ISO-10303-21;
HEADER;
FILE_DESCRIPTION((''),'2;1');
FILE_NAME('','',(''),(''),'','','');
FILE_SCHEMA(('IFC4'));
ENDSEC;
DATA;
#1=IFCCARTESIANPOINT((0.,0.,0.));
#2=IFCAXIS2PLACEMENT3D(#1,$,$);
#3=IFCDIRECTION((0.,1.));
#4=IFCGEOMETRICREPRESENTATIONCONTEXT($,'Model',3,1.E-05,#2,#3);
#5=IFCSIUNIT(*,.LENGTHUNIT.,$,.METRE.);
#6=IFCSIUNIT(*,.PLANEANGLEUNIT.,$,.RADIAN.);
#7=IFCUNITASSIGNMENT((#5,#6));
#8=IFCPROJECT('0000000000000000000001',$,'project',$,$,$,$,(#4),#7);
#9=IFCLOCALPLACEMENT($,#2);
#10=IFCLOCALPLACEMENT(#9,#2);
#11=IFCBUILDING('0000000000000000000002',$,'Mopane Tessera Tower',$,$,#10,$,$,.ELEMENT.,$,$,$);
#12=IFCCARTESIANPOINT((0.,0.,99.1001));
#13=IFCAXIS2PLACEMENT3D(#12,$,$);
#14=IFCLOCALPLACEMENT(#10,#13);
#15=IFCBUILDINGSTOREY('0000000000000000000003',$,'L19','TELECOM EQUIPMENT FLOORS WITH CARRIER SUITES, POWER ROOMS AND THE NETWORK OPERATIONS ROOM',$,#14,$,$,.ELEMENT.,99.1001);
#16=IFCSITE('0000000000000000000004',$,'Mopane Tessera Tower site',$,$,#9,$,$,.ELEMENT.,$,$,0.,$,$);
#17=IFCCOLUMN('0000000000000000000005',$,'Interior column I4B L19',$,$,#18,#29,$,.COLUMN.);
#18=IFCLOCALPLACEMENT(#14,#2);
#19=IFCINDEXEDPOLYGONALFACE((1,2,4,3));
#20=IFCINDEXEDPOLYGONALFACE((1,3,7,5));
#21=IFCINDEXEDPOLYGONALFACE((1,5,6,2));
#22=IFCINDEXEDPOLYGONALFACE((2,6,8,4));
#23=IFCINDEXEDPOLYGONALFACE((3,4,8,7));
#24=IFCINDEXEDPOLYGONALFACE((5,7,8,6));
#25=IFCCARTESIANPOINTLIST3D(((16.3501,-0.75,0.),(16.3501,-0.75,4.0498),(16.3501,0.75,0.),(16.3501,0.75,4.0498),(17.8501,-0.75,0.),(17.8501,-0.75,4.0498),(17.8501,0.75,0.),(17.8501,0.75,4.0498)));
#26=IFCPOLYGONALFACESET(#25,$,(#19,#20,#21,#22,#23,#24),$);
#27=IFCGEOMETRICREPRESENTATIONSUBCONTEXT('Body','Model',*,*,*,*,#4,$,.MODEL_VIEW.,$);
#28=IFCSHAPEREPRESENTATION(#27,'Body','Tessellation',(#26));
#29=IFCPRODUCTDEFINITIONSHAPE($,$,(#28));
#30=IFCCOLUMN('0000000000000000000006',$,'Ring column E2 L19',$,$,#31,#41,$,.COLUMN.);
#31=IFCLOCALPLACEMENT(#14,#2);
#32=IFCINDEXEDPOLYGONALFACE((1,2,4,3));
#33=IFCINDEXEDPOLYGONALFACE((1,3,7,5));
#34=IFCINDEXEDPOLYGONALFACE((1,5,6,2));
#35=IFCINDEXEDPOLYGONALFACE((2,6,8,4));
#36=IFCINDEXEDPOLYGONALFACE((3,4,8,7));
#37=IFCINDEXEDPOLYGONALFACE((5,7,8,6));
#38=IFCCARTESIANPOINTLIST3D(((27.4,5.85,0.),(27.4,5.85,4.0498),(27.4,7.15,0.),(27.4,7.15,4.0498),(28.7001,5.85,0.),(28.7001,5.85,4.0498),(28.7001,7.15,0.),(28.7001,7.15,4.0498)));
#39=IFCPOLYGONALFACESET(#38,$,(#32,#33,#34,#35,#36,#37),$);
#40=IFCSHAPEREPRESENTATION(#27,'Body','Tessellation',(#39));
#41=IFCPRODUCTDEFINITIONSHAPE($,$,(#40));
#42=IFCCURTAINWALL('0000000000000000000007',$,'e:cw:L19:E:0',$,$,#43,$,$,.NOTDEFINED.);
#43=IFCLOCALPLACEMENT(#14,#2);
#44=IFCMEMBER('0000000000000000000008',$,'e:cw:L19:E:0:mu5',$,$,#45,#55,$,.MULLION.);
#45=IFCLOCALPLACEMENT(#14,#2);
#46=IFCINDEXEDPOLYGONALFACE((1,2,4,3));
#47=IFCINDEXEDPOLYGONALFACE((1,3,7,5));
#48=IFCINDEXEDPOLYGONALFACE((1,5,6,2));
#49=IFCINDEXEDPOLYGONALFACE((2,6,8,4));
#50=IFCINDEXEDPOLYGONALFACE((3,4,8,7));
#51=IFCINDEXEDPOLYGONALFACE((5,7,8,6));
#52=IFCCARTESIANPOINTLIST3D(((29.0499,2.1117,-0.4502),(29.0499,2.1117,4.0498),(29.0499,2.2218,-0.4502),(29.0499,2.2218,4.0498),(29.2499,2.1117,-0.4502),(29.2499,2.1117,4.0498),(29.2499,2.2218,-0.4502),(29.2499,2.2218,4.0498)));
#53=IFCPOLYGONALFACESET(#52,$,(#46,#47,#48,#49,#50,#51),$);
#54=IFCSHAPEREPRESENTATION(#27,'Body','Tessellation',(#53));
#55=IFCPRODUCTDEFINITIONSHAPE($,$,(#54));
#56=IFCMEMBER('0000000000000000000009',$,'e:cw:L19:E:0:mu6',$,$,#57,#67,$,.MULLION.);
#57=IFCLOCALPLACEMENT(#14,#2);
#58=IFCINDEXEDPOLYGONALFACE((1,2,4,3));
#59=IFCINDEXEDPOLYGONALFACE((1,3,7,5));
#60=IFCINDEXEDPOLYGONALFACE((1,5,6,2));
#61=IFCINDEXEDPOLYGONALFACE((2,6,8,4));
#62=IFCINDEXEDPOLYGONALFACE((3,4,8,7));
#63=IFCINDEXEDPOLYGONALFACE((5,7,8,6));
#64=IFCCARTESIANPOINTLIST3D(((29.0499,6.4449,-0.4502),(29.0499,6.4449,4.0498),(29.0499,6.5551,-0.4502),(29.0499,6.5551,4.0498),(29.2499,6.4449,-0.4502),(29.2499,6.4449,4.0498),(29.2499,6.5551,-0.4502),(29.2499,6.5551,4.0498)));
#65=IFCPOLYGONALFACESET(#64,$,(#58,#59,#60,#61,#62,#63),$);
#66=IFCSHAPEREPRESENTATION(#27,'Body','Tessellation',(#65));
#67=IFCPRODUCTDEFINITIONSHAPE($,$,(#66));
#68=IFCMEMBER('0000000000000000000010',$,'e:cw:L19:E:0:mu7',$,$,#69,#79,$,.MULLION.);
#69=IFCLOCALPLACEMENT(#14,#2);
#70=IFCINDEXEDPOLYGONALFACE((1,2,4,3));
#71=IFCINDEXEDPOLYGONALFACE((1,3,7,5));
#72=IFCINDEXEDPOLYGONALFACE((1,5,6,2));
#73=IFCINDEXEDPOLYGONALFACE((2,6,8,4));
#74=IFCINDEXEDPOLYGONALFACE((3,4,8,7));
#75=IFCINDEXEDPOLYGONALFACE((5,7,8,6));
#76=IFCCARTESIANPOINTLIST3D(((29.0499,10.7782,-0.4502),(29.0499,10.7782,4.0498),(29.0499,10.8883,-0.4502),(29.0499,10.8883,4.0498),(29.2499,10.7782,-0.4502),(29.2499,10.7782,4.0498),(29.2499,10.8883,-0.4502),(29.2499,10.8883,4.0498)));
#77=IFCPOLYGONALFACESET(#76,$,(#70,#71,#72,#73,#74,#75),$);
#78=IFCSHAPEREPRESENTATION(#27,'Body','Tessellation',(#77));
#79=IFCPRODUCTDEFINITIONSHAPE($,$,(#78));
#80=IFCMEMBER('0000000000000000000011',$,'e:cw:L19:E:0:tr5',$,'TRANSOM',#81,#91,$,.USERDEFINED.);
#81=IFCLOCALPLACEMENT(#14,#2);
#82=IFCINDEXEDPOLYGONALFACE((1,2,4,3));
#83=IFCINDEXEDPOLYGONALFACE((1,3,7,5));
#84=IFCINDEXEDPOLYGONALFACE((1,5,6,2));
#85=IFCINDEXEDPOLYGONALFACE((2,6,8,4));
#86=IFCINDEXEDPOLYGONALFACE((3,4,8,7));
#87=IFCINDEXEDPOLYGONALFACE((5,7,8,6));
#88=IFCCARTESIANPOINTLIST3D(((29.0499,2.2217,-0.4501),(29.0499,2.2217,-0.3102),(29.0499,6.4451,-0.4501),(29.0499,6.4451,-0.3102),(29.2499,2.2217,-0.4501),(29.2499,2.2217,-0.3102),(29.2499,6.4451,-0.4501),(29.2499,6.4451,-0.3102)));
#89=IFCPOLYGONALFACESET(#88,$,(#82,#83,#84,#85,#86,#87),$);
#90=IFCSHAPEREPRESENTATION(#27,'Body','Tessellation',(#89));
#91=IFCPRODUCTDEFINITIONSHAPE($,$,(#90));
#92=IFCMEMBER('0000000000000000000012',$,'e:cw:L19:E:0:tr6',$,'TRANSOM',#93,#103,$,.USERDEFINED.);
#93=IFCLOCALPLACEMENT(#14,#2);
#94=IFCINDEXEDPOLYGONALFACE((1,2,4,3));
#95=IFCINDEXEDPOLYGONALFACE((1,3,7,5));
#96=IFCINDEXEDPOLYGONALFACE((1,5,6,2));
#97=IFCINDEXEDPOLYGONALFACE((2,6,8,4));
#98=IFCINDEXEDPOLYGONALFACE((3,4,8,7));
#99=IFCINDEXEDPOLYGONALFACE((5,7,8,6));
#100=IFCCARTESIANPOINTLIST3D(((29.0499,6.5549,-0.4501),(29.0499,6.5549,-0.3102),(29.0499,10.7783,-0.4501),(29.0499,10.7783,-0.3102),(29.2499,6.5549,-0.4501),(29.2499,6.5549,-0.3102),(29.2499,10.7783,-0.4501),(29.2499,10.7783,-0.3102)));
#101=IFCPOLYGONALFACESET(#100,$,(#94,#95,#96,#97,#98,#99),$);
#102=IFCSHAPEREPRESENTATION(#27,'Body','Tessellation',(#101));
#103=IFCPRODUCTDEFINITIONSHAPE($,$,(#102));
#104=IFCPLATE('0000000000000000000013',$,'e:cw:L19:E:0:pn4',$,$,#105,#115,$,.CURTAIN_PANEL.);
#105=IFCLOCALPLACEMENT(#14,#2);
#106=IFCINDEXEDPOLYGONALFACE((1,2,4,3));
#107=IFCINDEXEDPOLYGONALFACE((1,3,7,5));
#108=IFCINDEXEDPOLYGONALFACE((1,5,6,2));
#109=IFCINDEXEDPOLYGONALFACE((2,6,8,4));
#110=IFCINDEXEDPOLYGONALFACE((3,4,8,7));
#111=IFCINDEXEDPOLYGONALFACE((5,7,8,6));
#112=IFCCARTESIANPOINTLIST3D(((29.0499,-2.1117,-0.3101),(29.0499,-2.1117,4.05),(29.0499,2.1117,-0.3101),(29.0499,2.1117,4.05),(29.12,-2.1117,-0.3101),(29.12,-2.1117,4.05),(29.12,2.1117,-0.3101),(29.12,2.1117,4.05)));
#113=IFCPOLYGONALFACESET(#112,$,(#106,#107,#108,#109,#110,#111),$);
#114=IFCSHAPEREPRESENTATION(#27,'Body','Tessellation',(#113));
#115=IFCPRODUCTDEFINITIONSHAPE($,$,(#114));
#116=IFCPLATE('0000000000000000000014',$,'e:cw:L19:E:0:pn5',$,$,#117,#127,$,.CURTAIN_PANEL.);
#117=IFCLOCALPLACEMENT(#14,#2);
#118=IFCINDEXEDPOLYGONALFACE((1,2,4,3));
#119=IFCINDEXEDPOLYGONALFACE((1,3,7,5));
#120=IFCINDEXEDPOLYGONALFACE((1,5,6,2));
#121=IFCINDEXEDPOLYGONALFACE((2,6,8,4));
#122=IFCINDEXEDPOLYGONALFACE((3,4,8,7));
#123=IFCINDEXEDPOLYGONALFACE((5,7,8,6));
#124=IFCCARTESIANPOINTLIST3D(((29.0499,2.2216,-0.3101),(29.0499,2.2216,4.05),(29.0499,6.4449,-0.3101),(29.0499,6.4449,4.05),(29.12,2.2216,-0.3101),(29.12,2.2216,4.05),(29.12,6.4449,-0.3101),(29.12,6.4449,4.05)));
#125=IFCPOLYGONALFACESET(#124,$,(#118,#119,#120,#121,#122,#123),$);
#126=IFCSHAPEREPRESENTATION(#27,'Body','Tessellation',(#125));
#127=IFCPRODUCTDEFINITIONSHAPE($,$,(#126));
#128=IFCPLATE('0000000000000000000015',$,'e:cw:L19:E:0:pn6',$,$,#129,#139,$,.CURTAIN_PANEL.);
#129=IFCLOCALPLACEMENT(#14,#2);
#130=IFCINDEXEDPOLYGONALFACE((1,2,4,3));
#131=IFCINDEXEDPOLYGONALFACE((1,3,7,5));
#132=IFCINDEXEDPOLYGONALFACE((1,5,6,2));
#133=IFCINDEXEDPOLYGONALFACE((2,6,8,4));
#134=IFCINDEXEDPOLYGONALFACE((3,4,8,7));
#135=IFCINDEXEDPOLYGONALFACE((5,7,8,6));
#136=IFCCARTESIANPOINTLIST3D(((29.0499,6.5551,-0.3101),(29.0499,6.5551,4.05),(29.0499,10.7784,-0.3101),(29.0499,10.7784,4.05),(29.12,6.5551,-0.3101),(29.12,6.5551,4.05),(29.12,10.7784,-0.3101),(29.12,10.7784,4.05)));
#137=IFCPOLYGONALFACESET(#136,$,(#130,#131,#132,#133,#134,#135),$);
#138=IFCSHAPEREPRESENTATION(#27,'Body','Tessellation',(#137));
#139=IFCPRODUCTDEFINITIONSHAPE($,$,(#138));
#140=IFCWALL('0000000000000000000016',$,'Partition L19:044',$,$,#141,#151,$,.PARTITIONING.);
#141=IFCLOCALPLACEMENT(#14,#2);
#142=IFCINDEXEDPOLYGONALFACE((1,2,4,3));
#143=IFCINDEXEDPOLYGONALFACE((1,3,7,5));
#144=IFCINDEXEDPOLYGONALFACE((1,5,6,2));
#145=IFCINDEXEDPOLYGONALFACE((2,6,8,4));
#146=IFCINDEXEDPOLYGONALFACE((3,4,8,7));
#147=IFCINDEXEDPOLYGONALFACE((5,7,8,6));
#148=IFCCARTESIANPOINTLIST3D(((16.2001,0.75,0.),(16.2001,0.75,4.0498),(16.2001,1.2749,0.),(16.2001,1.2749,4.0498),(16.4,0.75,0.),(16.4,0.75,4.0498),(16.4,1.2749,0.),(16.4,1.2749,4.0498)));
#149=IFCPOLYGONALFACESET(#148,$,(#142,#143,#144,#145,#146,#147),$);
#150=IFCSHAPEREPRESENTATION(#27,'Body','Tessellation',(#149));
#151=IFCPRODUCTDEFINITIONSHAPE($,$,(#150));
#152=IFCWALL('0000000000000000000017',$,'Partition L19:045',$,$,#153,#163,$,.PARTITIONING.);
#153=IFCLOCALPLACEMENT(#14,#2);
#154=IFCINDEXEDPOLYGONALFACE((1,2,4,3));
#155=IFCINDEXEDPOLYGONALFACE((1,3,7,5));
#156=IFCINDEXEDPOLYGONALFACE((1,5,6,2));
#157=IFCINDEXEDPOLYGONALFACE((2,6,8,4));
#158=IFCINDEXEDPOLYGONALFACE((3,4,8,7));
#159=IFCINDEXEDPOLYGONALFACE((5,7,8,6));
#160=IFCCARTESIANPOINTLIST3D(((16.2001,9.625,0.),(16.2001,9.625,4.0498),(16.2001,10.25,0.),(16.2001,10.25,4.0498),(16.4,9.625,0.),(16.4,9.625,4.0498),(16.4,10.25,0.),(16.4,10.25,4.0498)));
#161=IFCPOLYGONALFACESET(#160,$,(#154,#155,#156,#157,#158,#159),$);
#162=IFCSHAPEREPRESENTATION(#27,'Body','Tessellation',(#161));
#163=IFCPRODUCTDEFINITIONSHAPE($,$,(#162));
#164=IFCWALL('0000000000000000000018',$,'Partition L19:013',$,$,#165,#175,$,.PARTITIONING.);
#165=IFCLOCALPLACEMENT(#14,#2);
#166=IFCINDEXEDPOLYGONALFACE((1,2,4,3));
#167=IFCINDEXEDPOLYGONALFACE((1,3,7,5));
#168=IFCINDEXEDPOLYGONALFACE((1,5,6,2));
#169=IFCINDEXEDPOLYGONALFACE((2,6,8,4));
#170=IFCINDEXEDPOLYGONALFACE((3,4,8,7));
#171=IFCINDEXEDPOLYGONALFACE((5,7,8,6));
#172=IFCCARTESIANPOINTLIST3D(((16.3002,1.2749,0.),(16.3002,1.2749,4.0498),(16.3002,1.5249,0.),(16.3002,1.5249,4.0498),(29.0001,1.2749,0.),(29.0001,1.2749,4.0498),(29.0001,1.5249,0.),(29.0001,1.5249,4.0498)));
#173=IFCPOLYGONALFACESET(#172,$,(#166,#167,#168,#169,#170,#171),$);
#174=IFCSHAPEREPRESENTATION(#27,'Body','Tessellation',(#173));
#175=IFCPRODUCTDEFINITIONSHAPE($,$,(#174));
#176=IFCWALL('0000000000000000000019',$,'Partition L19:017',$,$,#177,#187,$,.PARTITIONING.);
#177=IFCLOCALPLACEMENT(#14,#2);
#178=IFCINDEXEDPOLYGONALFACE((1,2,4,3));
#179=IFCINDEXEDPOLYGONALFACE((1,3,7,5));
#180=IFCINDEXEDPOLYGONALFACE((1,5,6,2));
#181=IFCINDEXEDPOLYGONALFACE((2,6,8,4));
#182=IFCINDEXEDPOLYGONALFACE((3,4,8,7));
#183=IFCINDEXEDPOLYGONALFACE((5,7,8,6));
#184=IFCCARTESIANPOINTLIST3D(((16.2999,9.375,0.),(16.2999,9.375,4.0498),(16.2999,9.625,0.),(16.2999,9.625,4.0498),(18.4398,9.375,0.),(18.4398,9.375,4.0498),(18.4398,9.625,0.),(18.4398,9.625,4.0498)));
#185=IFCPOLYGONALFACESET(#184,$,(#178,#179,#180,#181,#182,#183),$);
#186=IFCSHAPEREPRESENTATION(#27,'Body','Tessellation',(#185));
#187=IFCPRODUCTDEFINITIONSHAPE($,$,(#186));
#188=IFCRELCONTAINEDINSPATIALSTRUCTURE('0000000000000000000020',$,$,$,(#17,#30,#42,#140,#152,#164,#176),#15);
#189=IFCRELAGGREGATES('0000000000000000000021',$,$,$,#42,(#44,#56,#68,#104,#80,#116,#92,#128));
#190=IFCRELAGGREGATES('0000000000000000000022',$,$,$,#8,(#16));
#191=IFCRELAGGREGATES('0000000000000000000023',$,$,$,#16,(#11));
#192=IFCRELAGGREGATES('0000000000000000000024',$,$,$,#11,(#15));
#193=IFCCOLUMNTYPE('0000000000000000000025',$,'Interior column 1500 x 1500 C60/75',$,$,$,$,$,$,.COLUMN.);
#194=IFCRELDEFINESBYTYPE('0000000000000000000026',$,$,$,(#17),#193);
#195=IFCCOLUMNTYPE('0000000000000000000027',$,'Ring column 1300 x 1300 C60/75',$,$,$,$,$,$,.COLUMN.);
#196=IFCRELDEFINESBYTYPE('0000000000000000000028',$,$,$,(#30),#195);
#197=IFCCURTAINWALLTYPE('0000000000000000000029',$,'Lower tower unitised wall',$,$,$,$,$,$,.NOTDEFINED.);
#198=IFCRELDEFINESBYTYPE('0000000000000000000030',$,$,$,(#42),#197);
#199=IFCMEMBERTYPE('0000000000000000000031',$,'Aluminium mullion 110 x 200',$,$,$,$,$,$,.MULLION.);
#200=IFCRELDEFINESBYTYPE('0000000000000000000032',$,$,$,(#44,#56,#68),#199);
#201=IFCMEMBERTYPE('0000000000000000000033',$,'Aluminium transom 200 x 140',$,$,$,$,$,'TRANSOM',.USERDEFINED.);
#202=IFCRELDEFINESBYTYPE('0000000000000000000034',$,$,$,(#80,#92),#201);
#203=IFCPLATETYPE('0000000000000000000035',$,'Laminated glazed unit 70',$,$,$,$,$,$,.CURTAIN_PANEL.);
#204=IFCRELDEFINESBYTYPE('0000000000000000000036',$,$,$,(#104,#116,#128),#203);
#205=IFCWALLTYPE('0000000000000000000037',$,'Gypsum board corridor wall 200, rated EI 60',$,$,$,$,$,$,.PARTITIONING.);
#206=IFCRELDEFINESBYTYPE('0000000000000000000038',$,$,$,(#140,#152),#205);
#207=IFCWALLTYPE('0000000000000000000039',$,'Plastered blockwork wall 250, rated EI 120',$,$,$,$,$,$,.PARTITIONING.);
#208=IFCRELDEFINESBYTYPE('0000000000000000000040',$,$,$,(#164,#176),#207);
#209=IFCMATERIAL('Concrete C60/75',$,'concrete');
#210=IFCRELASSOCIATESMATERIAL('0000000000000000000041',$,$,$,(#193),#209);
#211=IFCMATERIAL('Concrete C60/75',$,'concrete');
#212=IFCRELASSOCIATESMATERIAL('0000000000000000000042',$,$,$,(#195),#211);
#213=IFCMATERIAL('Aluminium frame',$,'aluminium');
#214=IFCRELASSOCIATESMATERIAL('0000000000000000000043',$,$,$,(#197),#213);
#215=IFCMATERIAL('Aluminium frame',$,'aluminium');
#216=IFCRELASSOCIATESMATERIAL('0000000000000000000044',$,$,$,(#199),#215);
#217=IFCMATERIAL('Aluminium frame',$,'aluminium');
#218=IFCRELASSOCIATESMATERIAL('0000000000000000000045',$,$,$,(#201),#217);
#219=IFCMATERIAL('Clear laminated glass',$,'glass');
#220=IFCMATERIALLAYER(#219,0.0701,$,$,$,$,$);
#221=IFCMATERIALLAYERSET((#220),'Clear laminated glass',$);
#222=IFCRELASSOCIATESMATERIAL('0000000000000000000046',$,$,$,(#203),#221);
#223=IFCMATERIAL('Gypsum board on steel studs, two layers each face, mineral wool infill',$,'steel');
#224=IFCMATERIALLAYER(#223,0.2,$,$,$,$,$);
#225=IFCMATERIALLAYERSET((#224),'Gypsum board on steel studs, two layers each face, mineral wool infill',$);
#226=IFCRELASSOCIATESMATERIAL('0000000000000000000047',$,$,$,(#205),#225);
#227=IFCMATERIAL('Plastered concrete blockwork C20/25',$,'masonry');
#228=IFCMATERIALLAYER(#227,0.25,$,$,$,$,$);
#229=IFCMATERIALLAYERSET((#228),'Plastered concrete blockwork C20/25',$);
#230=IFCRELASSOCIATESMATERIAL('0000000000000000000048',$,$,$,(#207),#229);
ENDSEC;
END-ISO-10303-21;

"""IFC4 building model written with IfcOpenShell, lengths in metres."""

from ifc_helpers import new_model, si_unit, direction, frame, frame_2d, origin, origin_2d, place, context, subcontext, project, spatial, rectangle, extrude, material, layer, layer_set, material_profile, profile_set, type_object, element, aggregate, save


model = new_model("IFC4")

# Units and contexts
model_context = context("Model", 3, precision=1e-05, world=origin(), true_north=direction((0.0, 1.0)))
body_context = subcontext(model_context, "Body", "Model", "MODEL_VIEW")
ifc_project = project(units=[si_unit("LENGTHUNIT", "METRE"), si_unit("PLANEANGLEUNIT", "RADIAN")], contexts=[model_context])

# Site, building, storey
site_placement = place(None, origin())
site = spatial("IfcSite", under=ifc_project, at=site_placement, Name="Mopane Tessera Tower site", CompositionType="ELEMENT", RefElevation=0.0)
building_placement = place(site_placement, origin())
building = spatial("IfcBuilding", under=site, at=building_placement, Name="Mopane Tessera Tower", CompositionType="ELEMENT")
storey_placement = place(building_placement, frame((0.0, 0.0, 99.1001)))
storey = spatial("IfcBuildingStorey", under=building, at=storey_placement, Name="L19", Description="TELECOM EQUIPMENT FLOORS WITH CARRIER SUITES, POWER ROOMS AND THE NETWORK OPERATIONS ROOM", CompositionType="ELEMENT", Elevation=99.1001)

# Columns
ifc_material_1 = material(Name="Concrete C60/75", Category="concrete")
ifc_material_profile_1 = material_profile(ifc_material_1, rectangle(XDim=1.5, YDim=1.5, at=origin_2d()))
ifc_profile_set_1 = profile_set([ifc_material_profile_1], Name="Concrete C60/75")
column_type_1 = type_object("IfcColumnType", Name="Interior column 1500 x 1500 C60/75", PredefinedType="COLUMN", material=ifc_profile_set_1)
column_1_placement = place(storey_placement, frame((17.1001, 0.0, 0.0), z_axis=(0.0, 0.0, 1.0), x_axis=(1.0, 0.0, 0.0)))
element("IfcColumn", 1, at=column_1_placement, inside=storey, type_object=column_type_1, Name="Interior column I4B L19", PredefinedType="COLUMN", context=body_context, shape_type="SweptSolid", body=[
    extrude(rectangle(XDim=1.5, YDim=1.5, at=origin_2d()), origin(), (0.0, 0.0, 1.0), 4.0498),
])
ifc_material_2 = material(Name="Concrete C60/75", Category="concrete")
ifc_material_profile_2 = material_profile(ifc_material_2, rectangle(XDim=1.3, YDim=1.3, at=origin_2d()))
ifc_profile_set_2 = profile_set([ifc_material_profile_2], Name="Concrete C60/75")
column_type_2 = type_object("IfcColumnType", Name="Ring column 1300 x 1300 C60/75", PredefinedType="COLUMN", material=ifc_profile_set_2)
column_2_placement = place(storey_placement, frame((28.05, 6.5, 0.0), z_axis=(0.0, 0.0, 1.0), x_axis=(1.0, 0.0, 0.0)))
element("IfcColumn", 2, at=column_2_placement, inside=storey, type_object=column_type_2, Name="Ring column E2 L19", PredefinedType="COLUMN", context=body_context, shape_type="SweptSolid", body=[
    extrude(rectangle(XDim=1.3, YDim=1.3, at=origin_2d()), origin(), (0.0, 0.0, 1.0), 4.0498),
])

# Curtain wall, members, plates
ifc_material_3 = material(Name="Aluminium frame", Category="aluminium")
curtain_wall_type = type_object("IfcCurtainWallType", Name="Lower tower unitised wall", PredefinedType="NOTDEFINED", material=ifc_material_3)
curtain_wall_placement = place(storey_placement, origin())
curtain_wall = element("IfcCurtainWall", 3, at=curtain_wall_placement, inside=storey, type_object=curtain_wall_type, Name="e:cw:L19:E:0", PredefinedType="NOTDEFINED")
ifc_material_4 = material(Name="Aluminium frame", Category="aluminium")
ifc_material_profile_3 = material_profile(ifc_material_4, rectangle(XDim=0.1101, YDim=0.2, at=origin_2d()))
ifc_profile_set_3 = profile_set([ifc_material_profile_3], Name="Aluminium frame")
member_type_1 = type_object("IfcMemberType", Name="Aluminium mullion 110 x 200", PredefinedType="MULLION", material=ifc_profile_set_3)
member_1_placement = place(storey_placement, frame((29.1499, 2.1667, -0.4502), z_axis=(0.0, 0.0, 1.0), x_axis=(0.0, 1.0, 0.0)))
member_1 = element("IfcMember", 4, at=member_1_placement, type_object=member_type_1, Name="e:cw:L19:E:0:mu5", PredefinedType="MULLION", context=body_context, shape_type="SweptSolid", body=[
    extrude(rectangle(XDim=0.1101, YDim=0.2, at=origin_2d()), origin(), (0.0, 0.0, 1.0), 4.5),
])
member_2_placement = place(storey_placement, frame((29.1499, 6.5, -0.4502), z_axis=(0.0, 0.0, 1.0), x_axis=(0.0, 1.0, 0.0)))
member_2 = element("IfcMember", 5, at=member_2_placement, type_object=member_type_1, Name="e:cw:L19:E:0:mu6", PredefinedType="MULLION", context=body_context, shape_type="SweptSolid", body=[
    extrude(rectangle(XDim=0.1101, YDim=0.2, at=origin_2d()), origin(), (0.0, 0.0, 1.0), 4.5),
])
member_3_placement = place(storey_placement, frame((29.1499, 10.8333, -0.4502), z_axis=(0.0, 0.0, 1.0), x_axis=(0.0, 1.0, 0.0)))
member_3 = element("IfcMember", 6, at=member_3_placement, type_object=member_type_1, Name="e:cw:L19:E:0:mu7", PredefinedType="MULLION", context=body_context, shape_type="SweptSolid", body=[
    extrude(rectangle(XDim=0.1101, YDim=0.2, at=origin_2d()), origin(), (0.0, 0.0, 1.0), 4.5),
])
ifc_material_5 = material(Name="Aluminium frame", Category="aluminium")
ifc_material_profile_4 = material_profile(ifc_material_5, rectangle(XDim=0.2, YDim=0.1399, at=origin_2d()))
ifc_profile_set_4 = profile_set([ifc_material_profile_4], Name="Aluminium frame")
member_type_2 = type_object("IfcMemberType", Name="Aluminium transom 200 x 140", ElementType="TRANSOM", PredefinedType="USERDEFINED", material=ifc_profile_set_4)
member_4_placement = place(storey_placement, frame((29.1499, 2.2217, -0.3801), z_axis=(0.0, 1.0, 0.0), x_axis=(-1.0, 0.0, 0.0)))
member_4 = element("IfcMember", 7, at=member_4_placement, type_object=member_type_2, Name="e:cw:L19:E:0:tr5", ObjectType="TRANSOM", PredefinedType="USERDEFINED", context=body_context, shape_type="SweptSolid", body=[
    extrude(rectangle(XDim=0.2, YDim=0.1399, at=origin_2d()), origin(), (0.0, 0.0, 1.0), 4.2234),
])
member_5_placement = place(storey_placement, frame((29.1499, 6.5549, -0.3801), z_axis=(0.0, 1.0, 0.0), x_axis=(-1.0, 0.0, 0.0)))
member_5 = element("IfcMember", 8, at=member_5_placement, type_object=member_type_2, Name="e:cw:L19:E:0:tr6", ObjectType="TRANSOM", PredefinedType="USERDEFINED", context=body_context, shape_type="SweptSolid", body=[
    extrude(rectangle(XDim=0.2, YDim=0.1399, at=origin_2d()), origin(), (0.0, 0.0, 1.0), 4.2234),
])
ifc_material_6 = material(Name="Clear laminated glass", Category="glass")
ifc_layer_1 = layer(ifc_material_6, 0.0701)
ifc_layer_set_1 = layer_set([ifc_layer_1], Name="Clear laminated glass")
plate_type = type_object("IfcPlateType", Name="Laminated glazed unit 70", PredefinedType="CURTAIN_PANEL", material=ifc_layer_set_1)
plate_1_placement = place(storey_placement, frame((29.085, 0.0, -0.3101), z_axis=(0.0, 0.0, 1.0), x_axis=(0.0, 1.0, 0.0)))
plate_1 = element("IfcPlate", 9, at=plate_1_placement, type_object=plate_type, Name="e:cw:L19:E:0:pn4", PredefinedType="CURTAIN_PANEL", context=body_context, shape_type="SweptSolid", body=[
    extrude(rectangle(XDim=4.2234, YDim=0.0701, at=origin_2d()), origin(), (0.0, 0.0, 1.0), 4.3601),
])
plate_2_placement = place(storey_placement, frame((29.085, 4.3333, -0.3101), z_axis=(0.0, 0.0, 1.0), x_axis=(0.0, 1.0, 0.0)))
plate_2 = element("IfcPlate", 10, at=plate_2_placement, type_object=plate_type, Name="e:cw:L19:E:0:pn5", PredefinedType="CURTAIN_PANEL", context=body_context, shape_type="SweptSolid", body=[
    extrude(rectangle(XDim=4.2234, YDim=0.0701, at=origin_2d()), origin(), (0.0, 0.0, 1.0), 4.3601),
])
plate_3_placement = place(storey_placement, frame((29.085, 8.6667, -0.3101), z_axis=(0.0, 0.0, 1.0), x_axis=(0.0, 1.0, 0.0)))
plate_3 = element("IfcPlate", 11, at=plate_3_placement, type_object=plate_type, Name="e:cw:L19:E:0:pn6", PredefinedType="CURTAIN_PANEL", context=body_context, shape_type="SweptSolid", body=[
    extrude(rectangle(XDim=4.2234, YDim=0.0701, at=origin_2d()), origin(), (0.0, 0.0, 1.0), 4.3601),
])
aggregate(curtain_wall, [member_1, member_2, member_3, plate_1, member_4, plate_2, member_5, plate_3])

# Walls
ifc_material_7 = material(Name="Gypsum board on steel studs, two layers each face, mineral wool infill", Category="steel")
ifc_layer_2 = layer(ifc_material_7, 0.2)
ifc_layer_set_2 = layer_set([ifc_layer_2], Name="Gypsum board on steel studs, two layers each face, mineral wool infill")
wall_type_1 = type_object("IfcWallType", Name="Gypsum board corridor wall 200, rated EI 60", PredefinedType="PARTITIONING", material=ifc_layer_set_2)
wall_1_placement = place(storey_placement, frame((16.3, 0.75, 0.0), z_axis=(0.0, 0.0, 1.0), x_axis=(0.0, 1.0, 0.0)))
element("IfcWall", 12, at=wall_1_placement, inside=storey, type_object=wall_type_1, Name="Partition L19:044", PredefinedType="PARTITIONING", context=body_context, shape_type="SweptSolid", body=[
    extrude(rectangle(XDim=0.5249, YDim=0.2, at=frame_2d((0.2625, 0.0))), origin(), (0.0, 0.0, 1.0), 4.0498),
])
wall_2_placement = place(storey_placement, frame((16.3, 9.625, 0.0), z_axis=(0.0, 0.0, 1.0), x_axis=(0.0, 1.0, 0.0)))
element("IfcWall", 13, at=wall_2_placement, inside=storey, type_object=wall_type_1, Name="Partition L19:045", PredefinedType="PARTITIONING", context=body_context, shape_type="SweptSolid", body=[
    extrude(rectangle(XDim=0.625, YDim=0.2, at=frame_2d((0.3125, 0.0))), origin(), (0.0, 0.0, 1.0), 4.0498),
])
ifc_material_8 = material(Name="Plastered concrete blockwork C20/25", Category="masonry")
ifc_layer_3 = layer(ifc_material_8, 0.25)
ifc_layer_set_3 = layer_set([ifc_layer_3], Name="Plastered concrete blockwork C20/25")
wall_type_2 = type_object("IfcWallType", Name="Plastered blockwork wall 250, rated EI 120", PredefinedType="PARTITIONING", material=ifc_layer_set_3)
wall_3_placement = place(storey_placement, frame((16.3, 1.3999, 0.0), z_axis=(0.0, 0.0, 1.0), x_axis=(1.0, 0.0, 0.0)))
element("IfcWall", 14, at=wall_3_placement, inside=storey, type_object=wall_type_2, Name="Partition L19:013", PredefinedType="PARTITIONING", context=body_context, shape_type="SweptSolid", body=[
    extrude(rectangle(XDim=12.7, YDim=0.25, at=frame_2d((6.3501, 0.0))), origin(), (0.0, 0.0, 1.0), 4.0498),
])
wall_4_placement = place(storey_placement, frame((16.3, 9.5, 0.0), z_axis=(0.0, 0.0, 1.0), x_axis=(1.0, 0.0, 0.0)))
element("IfcWall", 15, at=wall_4_placement, inside=storey, type_object=wall_type_2, Name="Partition L19:017", PredefinedType="PARTITIONING", context=body_context, shape_type="SweptSolid", body=[
    extrude(rectangle(XDim=2.1399, YDim=0.25, at=frame_2d((1.0698, 0.0))), origin(), (0.0, 0.0, 1.0), 4.0498),
])

save(model, "model.ifc")
